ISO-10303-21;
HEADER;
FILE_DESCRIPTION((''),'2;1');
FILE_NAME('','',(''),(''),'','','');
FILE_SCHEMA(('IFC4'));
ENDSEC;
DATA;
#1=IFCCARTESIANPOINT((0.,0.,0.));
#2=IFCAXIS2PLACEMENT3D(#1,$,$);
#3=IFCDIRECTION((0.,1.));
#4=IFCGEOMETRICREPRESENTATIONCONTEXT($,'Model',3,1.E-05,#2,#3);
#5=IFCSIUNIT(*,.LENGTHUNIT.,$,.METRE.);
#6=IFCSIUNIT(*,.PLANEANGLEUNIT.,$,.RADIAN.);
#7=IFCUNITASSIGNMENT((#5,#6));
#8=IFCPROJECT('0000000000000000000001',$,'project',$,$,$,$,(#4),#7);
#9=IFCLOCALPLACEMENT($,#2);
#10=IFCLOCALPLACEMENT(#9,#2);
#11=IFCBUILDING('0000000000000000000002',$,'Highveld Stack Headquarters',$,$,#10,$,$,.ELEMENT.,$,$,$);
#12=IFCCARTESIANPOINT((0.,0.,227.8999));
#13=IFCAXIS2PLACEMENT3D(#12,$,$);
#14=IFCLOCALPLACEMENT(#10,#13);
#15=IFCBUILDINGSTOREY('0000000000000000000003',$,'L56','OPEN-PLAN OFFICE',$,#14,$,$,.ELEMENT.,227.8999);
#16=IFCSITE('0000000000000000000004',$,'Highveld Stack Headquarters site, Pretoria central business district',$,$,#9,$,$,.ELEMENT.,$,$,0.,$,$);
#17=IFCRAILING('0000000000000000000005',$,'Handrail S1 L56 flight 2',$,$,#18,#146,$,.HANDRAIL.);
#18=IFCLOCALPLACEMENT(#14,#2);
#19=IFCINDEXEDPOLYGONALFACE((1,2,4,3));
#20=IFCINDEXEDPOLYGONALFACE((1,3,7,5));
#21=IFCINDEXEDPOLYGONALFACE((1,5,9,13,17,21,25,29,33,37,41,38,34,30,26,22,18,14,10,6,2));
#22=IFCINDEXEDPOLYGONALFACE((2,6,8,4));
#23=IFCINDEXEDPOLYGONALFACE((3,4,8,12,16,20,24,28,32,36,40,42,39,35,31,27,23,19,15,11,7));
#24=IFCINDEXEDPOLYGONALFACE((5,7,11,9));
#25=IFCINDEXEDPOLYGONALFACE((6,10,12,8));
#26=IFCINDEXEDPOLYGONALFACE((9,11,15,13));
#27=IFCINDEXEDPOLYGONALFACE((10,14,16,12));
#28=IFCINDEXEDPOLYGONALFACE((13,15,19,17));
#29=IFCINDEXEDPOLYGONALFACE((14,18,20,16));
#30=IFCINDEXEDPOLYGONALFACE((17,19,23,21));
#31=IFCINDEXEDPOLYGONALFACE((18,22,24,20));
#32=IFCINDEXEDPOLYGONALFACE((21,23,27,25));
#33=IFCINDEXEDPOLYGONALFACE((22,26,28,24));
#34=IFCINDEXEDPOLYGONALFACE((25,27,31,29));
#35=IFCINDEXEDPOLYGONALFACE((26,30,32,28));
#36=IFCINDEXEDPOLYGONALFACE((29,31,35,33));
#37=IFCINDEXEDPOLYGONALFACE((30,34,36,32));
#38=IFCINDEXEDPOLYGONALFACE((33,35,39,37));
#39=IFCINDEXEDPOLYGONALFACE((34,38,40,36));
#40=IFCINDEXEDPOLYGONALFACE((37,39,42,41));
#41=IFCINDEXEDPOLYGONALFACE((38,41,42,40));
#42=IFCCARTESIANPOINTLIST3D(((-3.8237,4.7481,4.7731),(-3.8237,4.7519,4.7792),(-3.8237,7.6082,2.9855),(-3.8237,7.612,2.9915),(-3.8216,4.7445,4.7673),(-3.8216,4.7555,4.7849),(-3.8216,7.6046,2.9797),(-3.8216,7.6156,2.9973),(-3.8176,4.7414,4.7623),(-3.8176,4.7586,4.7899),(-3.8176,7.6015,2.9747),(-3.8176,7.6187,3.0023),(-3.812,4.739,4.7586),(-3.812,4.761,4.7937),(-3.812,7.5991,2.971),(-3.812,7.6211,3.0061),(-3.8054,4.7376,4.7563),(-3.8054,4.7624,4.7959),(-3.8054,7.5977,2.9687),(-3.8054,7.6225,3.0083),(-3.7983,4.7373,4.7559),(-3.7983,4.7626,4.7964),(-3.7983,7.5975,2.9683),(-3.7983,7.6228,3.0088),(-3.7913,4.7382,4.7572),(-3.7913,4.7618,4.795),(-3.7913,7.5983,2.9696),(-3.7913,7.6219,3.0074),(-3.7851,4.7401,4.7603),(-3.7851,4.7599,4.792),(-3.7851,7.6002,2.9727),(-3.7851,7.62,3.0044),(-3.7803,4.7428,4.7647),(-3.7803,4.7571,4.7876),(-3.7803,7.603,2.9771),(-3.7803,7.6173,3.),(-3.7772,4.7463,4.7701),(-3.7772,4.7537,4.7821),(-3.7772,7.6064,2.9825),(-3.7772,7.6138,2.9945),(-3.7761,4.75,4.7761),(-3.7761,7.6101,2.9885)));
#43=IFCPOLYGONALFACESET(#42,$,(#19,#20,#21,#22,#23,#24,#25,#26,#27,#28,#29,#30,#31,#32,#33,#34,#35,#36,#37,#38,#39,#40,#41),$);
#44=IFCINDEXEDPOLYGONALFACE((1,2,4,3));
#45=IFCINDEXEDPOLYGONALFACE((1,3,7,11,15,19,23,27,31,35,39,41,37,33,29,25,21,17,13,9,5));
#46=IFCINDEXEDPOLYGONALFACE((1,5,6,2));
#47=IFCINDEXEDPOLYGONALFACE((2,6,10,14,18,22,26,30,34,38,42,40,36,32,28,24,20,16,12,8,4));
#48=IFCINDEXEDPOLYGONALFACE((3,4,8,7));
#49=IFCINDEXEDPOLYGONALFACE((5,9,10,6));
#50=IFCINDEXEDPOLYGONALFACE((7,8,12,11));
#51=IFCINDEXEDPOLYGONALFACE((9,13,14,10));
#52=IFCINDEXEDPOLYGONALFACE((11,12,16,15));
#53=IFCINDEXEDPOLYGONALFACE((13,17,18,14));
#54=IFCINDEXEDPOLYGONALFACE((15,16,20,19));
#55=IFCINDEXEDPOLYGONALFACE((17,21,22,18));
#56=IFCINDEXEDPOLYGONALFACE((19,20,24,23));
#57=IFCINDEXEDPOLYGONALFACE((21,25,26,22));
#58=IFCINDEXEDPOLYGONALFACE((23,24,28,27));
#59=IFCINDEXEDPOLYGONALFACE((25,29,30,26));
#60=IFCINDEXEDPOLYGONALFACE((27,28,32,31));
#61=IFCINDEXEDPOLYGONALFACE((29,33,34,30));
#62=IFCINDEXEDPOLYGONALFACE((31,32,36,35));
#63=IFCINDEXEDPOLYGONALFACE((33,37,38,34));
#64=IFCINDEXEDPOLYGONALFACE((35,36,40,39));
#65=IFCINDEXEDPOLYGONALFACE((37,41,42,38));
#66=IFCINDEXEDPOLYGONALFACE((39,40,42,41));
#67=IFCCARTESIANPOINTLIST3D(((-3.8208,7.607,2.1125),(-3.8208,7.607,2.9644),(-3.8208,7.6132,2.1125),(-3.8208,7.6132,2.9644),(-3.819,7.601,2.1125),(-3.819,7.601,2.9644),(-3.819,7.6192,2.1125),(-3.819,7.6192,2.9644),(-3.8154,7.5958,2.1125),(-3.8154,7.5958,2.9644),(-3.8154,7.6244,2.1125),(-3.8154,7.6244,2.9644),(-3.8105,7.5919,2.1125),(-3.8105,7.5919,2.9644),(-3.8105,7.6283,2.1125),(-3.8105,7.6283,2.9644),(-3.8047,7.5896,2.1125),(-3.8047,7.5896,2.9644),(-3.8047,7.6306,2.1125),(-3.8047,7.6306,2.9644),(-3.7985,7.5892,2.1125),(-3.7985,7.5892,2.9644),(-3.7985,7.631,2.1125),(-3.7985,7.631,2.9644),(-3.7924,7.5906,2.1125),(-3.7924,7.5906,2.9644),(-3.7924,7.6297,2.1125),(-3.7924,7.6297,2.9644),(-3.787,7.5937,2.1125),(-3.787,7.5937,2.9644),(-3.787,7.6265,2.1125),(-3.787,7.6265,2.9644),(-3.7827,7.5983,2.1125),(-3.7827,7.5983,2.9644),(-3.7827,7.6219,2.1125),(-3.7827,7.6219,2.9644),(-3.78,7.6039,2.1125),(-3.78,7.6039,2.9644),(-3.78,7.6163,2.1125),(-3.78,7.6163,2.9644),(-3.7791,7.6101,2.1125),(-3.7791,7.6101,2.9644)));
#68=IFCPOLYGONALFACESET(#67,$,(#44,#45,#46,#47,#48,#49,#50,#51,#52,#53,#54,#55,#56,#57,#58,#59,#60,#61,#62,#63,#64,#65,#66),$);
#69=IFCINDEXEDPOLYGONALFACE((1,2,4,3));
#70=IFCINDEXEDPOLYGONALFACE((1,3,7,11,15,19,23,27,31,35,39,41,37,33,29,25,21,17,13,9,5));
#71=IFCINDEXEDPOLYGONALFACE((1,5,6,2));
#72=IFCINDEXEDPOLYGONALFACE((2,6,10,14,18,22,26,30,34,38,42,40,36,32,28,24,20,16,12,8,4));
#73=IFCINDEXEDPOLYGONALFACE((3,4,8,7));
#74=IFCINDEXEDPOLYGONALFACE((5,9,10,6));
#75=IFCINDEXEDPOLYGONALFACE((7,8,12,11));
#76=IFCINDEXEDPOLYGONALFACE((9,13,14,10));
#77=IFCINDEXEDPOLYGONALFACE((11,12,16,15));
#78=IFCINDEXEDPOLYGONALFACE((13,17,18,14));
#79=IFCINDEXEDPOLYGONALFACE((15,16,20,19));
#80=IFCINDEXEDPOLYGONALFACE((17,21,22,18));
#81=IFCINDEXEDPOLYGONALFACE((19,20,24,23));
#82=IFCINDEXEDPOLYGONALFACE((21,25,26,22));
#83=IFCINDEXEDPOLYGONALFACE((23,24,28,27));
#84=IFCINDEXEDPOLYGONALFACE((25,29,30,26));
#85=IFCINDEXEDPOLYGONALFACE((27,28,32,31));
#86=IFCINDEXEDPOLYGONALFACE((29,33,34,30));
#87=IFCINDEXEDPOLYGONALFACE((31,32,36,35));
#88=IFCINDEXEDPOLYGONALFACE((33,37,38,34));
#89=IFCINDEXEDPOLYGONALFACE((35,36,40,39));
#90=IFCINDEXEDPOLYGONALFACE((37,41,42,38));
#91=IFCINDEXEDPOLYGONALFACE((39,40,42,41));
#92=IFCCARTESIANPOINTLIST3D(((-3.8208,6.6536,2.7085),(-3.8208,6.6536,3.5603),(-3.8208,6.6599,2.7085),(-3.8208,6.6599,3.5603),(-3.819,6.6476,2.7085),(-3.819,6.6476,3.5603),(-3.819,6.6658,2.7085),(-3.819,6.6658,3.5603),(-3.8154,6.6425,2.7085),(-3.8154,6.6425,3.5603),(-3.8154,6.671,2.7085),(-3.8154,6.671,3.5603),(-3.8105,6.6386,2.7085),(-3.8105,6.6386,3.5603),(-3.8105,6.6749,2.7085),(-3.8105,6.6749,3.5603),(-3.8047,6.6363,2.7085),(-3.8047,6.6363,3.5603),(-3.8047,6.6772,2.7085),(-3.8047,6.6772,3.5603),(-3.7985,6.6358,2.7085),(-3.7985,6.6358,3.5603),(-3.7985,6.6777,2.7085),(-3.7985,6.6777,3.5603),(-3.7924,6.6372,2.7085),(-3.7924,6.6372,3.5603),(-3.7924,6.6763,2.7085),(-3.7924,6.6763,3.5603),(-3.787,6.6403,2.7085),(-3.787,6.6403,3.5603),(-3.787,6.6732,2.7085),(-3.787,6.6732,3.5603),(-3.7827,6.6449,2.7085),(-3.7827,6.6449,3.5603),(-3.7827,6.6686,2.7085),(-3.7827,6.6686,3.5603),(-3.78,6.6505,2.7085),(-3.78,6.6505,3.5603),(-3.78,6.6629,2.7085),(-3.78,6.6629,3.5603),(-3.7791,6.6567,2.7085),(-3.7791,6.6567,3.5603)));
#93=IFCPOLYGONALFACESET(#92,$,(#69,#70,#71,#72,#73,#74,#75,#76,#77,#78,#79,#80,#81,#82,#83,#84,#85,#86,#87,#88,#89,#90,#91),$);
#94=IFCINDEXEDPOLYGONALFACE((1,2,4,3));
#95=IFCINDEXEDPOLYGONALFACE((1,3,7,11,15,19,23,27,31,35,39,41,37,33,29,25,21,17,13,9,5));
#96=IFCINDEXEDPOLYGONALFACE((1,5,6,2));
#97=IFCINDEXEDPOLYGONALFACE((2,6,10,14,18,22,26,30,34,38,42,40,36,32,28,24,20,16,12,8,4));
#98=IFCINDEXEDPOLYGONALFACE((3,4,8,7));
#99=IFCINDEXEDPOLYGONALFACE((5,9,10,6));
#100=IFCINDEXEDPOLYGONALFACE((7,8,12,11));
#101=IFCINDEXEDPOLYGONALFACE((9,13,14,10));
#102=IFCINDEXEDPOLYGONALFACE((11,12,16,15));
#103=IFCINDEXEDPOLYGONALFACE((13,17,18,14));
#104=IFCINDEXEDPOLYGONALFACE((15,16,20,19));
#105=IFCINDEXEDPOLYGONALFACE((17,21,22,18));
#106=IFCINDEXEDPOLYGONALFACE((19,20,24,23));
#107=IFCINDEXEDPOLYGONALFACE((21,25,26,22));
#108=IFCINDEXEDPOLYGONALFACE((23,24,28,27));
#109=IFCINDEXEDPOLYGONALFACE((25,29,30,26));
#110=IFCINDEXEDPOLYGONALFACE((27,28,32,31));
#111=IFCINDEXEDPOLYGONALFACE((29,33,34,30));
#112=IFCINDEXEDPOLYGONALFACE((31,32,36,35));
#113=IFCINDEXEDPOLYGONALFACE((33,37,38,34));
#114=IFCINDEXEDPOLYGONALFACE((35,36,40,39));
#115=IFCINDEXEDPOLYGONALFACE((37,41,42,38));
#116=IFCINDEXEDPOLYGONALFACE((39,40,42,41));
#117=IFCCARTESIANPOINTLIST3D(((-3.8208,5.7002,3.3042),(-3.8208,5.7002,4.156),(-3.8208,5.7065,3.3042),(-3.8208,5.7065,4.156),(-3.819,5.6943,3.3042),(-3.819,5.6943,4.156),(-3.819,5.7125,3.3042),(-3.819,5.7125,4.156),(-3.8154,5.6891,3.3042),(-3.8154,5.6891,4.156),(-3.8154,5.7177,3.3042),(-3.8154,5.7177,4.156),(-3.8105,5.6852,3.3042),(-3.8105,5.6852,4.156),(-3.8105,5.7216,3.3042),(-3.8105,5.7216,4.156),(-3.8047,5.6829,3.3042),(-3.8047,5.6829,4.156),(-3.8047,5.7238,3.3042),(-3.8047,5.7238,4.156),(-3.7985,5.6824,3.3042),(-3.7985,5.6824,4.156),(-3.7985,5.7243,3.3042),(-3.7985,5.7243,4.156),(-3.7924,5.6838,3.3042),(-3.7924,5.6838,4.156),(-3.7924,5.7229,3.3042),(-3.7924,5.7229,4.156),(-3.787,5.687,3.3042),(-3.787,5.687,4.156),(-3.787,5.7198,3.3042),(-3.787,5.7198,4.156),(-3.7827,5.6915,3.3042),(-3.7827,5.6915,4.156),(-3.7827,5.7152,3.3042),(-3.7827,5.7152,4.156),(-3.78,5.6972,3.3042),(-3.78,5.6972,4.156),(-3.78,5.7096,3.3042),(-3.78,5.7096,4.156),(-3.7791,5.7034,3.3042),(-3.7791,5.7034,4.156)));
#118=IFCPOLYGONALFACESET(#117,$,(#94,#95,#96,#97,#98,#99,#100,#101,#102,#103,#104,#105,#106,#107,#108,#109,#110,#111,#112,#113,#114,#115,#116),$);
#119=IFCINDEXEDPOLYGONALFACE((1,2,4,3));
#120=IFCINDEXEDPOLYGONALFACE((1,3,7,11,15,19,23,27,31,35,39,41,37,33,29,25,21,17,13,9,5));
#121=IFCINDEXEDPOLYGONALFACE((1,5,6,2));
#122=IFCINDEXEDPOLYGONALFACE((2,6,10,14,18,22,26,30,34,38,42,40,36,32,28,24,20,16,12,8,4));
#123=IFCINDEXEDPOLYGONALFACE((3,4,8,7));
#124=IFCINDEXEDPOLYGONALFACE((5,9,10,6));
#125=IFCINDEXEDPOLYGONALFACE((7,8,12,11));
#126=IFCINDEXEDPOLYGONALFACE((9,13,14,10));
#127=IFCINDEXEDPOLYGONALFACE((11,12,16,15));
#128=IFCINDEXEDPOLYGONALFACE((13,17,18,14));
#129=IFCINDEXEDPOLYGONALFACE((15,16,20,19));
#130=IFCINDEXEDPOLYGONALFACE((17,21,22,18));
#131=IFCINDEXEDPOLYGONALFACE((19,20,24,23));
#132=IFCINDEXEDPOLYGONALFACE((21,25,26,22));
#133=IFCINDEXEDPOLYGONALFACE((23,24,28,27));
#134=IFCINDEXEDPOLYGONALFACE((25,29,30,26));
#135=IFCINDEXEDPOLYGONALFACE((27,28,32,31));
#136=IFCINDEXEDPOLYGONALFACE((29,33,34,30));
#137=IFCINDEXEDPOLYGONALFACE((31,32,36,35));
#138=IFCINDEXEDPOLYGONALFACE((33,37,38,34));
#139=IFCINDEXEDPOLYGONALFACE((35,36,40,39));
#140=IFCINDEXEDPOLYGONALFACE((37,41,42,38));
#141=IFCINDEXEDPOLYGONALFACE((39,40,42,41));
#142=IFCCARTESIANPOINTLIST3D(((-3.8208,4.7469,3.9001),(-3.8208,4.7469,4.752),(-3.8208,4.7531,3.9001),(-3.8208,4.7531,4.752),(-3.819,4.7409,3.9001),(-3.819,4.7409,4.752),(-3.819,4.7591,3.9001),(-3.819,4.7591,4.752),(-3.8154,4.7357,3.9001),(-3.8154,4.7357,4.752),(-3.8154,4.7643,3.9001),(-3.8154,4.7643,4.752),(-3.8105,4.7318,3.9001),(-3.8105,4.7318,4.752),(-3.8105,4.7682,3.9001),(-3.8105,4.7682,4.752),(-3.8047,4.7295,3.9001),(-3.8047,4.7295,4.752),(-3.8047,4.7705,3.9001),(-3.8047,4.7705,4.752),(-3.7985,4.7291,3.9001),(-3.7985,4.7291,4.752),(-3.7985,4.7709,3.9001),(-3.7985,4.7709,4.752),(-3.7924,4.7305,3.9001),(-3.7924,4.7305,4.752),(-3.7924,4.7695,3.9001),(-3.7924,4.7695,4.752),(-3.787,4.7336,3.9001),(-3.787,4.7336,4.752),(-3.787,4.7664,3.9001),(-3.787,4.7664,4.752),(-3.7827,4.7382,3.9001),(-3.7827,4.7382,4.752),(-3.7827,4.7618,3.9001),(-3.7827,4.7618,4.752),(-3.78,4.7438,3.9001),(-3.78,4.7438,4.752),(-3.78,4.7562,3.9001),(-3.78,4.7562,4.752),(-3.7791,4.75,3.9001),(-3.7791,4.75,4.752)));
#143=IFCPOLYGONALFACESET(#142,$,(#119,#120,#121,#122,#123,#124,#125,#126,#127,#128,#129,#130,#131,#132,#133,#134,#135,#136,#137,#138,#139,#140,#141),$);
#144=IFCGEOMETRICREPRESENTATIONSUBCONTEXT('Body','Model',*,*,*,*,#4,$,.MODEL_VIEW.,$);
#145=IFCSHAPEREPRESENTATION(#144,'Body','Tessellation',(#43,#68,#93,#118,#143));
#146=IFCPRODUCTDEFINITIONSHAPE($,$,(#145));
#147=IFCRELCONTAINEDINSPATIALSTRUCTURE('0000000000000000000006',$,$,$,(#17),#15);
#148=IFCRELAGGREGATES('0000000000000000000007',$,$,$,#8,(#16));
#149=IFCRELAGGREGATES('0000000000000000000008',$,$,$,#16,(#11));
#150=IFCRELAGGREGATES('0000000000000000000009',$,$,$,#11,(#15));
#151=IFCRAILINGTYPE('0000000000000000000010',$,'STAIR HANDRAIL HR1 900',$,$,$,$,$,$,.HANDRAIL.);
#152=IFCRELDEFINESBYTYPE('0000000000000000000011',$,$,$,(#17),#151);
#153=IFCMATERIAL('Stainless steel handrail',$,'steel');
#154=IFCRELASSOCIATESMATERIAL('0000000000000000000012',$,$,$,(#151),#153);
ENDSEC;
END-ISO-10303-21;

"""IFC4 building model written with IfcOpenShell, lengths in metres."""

from ifc_helpers import new_model, si_unit, direction, frame, origin, origin_2d, place, context, subcontext, project, spatial, circle, extrude, material, type_object, element, save


model = new_model("IFC4")

# Units and contexts
model_context = context("Model", 3, precision=1e-05, world=origin(), true_north=direction((0.0, 1.0)))
body_context = subcontext(model_context, "Body", "Model", "MODEL_VIEW")
ifc_project = project(units=[si_unit("LENGTHUNIT", "METRE"), si_unit("PLANEANGLEUNIT", "RADIAN")], contexts=[model_context])

# Site, building, storey
site_placement = place(None, origin())
site = spatial("IfcSite", under=ifc_project, at=site_placement, Name="Highveld Stack Headquarters site, Pretoria central business district", CompositionType="ELEMENT", RefElevation=0.0)
building_placement = place(site_placement, origin())
building = spatial("IfcBuilding", under=site, at=building_placement, Name="Highveld Stack Headquarters", CompositionType="ELEMENT")
storey_placement = place(building_placement, frame((0.0, 0.0, 227.8999)))
storey = spatial("IfcBuildingStorey", under=building, at=storey_placement, Name="L56", Description="OPEN-PLAN OFFICE", CompositionType="ELEMENT", Elevation=227.8999)

# Railing
ifc_material_1 = material(Name="Stainless steel handrail", Category="steel")
railing_type = type_object("IfcRailingType", Name="STAIR HANDRAIL HR1 900", PredefinedType="HANDRAIL", material=ifc_material_1)
for number, where, name in (
    (1, (-3.8, 7.6101, 2.1125), "Handrail S1 L56 flight 2"),
):
    element("IfcRailing", number, at=place(storey_placement, frame(where)), inside=storey, type_object=railing_type, Name=name, PredefinedType="HANDRAIL", context=body_context, shape_type="SweptSolid", body=[
        extrude(circle(Radius=0.0239, at=origin_2d()), frame((0.0, 0.0, 0.876), z_axis=(0.0, -0.847994, 0.530005), x_axis=(1.0, 0.0, 0.0)), (0.0, 0.0, 1.0), 3.3728),
        extrude(circle(Radius=0.021, at=origin_2d()), origin(), (0.0, 0.0, 1.0), 0.8518),
        extrude(circle(Radius=0.021, at=origin_2d()), frame((0.0, -0.9534, 0.5959)), (0.0, 0.0, 1.0), 0.8518),
        extrude(circle(Radius=0.021, at=origin_2d()), frame((0.0, -1.9067, 1.1917)), (0.0, 0.0, 1.0), 0.8518),
        extrude(circle(Radius=0.021, at=origin_2d()), frame((0.0, -2.8601, 1.7876)), (0.0, 0.0, 1.0), 0.8518),
    ])

save(model, "model.ifc")
